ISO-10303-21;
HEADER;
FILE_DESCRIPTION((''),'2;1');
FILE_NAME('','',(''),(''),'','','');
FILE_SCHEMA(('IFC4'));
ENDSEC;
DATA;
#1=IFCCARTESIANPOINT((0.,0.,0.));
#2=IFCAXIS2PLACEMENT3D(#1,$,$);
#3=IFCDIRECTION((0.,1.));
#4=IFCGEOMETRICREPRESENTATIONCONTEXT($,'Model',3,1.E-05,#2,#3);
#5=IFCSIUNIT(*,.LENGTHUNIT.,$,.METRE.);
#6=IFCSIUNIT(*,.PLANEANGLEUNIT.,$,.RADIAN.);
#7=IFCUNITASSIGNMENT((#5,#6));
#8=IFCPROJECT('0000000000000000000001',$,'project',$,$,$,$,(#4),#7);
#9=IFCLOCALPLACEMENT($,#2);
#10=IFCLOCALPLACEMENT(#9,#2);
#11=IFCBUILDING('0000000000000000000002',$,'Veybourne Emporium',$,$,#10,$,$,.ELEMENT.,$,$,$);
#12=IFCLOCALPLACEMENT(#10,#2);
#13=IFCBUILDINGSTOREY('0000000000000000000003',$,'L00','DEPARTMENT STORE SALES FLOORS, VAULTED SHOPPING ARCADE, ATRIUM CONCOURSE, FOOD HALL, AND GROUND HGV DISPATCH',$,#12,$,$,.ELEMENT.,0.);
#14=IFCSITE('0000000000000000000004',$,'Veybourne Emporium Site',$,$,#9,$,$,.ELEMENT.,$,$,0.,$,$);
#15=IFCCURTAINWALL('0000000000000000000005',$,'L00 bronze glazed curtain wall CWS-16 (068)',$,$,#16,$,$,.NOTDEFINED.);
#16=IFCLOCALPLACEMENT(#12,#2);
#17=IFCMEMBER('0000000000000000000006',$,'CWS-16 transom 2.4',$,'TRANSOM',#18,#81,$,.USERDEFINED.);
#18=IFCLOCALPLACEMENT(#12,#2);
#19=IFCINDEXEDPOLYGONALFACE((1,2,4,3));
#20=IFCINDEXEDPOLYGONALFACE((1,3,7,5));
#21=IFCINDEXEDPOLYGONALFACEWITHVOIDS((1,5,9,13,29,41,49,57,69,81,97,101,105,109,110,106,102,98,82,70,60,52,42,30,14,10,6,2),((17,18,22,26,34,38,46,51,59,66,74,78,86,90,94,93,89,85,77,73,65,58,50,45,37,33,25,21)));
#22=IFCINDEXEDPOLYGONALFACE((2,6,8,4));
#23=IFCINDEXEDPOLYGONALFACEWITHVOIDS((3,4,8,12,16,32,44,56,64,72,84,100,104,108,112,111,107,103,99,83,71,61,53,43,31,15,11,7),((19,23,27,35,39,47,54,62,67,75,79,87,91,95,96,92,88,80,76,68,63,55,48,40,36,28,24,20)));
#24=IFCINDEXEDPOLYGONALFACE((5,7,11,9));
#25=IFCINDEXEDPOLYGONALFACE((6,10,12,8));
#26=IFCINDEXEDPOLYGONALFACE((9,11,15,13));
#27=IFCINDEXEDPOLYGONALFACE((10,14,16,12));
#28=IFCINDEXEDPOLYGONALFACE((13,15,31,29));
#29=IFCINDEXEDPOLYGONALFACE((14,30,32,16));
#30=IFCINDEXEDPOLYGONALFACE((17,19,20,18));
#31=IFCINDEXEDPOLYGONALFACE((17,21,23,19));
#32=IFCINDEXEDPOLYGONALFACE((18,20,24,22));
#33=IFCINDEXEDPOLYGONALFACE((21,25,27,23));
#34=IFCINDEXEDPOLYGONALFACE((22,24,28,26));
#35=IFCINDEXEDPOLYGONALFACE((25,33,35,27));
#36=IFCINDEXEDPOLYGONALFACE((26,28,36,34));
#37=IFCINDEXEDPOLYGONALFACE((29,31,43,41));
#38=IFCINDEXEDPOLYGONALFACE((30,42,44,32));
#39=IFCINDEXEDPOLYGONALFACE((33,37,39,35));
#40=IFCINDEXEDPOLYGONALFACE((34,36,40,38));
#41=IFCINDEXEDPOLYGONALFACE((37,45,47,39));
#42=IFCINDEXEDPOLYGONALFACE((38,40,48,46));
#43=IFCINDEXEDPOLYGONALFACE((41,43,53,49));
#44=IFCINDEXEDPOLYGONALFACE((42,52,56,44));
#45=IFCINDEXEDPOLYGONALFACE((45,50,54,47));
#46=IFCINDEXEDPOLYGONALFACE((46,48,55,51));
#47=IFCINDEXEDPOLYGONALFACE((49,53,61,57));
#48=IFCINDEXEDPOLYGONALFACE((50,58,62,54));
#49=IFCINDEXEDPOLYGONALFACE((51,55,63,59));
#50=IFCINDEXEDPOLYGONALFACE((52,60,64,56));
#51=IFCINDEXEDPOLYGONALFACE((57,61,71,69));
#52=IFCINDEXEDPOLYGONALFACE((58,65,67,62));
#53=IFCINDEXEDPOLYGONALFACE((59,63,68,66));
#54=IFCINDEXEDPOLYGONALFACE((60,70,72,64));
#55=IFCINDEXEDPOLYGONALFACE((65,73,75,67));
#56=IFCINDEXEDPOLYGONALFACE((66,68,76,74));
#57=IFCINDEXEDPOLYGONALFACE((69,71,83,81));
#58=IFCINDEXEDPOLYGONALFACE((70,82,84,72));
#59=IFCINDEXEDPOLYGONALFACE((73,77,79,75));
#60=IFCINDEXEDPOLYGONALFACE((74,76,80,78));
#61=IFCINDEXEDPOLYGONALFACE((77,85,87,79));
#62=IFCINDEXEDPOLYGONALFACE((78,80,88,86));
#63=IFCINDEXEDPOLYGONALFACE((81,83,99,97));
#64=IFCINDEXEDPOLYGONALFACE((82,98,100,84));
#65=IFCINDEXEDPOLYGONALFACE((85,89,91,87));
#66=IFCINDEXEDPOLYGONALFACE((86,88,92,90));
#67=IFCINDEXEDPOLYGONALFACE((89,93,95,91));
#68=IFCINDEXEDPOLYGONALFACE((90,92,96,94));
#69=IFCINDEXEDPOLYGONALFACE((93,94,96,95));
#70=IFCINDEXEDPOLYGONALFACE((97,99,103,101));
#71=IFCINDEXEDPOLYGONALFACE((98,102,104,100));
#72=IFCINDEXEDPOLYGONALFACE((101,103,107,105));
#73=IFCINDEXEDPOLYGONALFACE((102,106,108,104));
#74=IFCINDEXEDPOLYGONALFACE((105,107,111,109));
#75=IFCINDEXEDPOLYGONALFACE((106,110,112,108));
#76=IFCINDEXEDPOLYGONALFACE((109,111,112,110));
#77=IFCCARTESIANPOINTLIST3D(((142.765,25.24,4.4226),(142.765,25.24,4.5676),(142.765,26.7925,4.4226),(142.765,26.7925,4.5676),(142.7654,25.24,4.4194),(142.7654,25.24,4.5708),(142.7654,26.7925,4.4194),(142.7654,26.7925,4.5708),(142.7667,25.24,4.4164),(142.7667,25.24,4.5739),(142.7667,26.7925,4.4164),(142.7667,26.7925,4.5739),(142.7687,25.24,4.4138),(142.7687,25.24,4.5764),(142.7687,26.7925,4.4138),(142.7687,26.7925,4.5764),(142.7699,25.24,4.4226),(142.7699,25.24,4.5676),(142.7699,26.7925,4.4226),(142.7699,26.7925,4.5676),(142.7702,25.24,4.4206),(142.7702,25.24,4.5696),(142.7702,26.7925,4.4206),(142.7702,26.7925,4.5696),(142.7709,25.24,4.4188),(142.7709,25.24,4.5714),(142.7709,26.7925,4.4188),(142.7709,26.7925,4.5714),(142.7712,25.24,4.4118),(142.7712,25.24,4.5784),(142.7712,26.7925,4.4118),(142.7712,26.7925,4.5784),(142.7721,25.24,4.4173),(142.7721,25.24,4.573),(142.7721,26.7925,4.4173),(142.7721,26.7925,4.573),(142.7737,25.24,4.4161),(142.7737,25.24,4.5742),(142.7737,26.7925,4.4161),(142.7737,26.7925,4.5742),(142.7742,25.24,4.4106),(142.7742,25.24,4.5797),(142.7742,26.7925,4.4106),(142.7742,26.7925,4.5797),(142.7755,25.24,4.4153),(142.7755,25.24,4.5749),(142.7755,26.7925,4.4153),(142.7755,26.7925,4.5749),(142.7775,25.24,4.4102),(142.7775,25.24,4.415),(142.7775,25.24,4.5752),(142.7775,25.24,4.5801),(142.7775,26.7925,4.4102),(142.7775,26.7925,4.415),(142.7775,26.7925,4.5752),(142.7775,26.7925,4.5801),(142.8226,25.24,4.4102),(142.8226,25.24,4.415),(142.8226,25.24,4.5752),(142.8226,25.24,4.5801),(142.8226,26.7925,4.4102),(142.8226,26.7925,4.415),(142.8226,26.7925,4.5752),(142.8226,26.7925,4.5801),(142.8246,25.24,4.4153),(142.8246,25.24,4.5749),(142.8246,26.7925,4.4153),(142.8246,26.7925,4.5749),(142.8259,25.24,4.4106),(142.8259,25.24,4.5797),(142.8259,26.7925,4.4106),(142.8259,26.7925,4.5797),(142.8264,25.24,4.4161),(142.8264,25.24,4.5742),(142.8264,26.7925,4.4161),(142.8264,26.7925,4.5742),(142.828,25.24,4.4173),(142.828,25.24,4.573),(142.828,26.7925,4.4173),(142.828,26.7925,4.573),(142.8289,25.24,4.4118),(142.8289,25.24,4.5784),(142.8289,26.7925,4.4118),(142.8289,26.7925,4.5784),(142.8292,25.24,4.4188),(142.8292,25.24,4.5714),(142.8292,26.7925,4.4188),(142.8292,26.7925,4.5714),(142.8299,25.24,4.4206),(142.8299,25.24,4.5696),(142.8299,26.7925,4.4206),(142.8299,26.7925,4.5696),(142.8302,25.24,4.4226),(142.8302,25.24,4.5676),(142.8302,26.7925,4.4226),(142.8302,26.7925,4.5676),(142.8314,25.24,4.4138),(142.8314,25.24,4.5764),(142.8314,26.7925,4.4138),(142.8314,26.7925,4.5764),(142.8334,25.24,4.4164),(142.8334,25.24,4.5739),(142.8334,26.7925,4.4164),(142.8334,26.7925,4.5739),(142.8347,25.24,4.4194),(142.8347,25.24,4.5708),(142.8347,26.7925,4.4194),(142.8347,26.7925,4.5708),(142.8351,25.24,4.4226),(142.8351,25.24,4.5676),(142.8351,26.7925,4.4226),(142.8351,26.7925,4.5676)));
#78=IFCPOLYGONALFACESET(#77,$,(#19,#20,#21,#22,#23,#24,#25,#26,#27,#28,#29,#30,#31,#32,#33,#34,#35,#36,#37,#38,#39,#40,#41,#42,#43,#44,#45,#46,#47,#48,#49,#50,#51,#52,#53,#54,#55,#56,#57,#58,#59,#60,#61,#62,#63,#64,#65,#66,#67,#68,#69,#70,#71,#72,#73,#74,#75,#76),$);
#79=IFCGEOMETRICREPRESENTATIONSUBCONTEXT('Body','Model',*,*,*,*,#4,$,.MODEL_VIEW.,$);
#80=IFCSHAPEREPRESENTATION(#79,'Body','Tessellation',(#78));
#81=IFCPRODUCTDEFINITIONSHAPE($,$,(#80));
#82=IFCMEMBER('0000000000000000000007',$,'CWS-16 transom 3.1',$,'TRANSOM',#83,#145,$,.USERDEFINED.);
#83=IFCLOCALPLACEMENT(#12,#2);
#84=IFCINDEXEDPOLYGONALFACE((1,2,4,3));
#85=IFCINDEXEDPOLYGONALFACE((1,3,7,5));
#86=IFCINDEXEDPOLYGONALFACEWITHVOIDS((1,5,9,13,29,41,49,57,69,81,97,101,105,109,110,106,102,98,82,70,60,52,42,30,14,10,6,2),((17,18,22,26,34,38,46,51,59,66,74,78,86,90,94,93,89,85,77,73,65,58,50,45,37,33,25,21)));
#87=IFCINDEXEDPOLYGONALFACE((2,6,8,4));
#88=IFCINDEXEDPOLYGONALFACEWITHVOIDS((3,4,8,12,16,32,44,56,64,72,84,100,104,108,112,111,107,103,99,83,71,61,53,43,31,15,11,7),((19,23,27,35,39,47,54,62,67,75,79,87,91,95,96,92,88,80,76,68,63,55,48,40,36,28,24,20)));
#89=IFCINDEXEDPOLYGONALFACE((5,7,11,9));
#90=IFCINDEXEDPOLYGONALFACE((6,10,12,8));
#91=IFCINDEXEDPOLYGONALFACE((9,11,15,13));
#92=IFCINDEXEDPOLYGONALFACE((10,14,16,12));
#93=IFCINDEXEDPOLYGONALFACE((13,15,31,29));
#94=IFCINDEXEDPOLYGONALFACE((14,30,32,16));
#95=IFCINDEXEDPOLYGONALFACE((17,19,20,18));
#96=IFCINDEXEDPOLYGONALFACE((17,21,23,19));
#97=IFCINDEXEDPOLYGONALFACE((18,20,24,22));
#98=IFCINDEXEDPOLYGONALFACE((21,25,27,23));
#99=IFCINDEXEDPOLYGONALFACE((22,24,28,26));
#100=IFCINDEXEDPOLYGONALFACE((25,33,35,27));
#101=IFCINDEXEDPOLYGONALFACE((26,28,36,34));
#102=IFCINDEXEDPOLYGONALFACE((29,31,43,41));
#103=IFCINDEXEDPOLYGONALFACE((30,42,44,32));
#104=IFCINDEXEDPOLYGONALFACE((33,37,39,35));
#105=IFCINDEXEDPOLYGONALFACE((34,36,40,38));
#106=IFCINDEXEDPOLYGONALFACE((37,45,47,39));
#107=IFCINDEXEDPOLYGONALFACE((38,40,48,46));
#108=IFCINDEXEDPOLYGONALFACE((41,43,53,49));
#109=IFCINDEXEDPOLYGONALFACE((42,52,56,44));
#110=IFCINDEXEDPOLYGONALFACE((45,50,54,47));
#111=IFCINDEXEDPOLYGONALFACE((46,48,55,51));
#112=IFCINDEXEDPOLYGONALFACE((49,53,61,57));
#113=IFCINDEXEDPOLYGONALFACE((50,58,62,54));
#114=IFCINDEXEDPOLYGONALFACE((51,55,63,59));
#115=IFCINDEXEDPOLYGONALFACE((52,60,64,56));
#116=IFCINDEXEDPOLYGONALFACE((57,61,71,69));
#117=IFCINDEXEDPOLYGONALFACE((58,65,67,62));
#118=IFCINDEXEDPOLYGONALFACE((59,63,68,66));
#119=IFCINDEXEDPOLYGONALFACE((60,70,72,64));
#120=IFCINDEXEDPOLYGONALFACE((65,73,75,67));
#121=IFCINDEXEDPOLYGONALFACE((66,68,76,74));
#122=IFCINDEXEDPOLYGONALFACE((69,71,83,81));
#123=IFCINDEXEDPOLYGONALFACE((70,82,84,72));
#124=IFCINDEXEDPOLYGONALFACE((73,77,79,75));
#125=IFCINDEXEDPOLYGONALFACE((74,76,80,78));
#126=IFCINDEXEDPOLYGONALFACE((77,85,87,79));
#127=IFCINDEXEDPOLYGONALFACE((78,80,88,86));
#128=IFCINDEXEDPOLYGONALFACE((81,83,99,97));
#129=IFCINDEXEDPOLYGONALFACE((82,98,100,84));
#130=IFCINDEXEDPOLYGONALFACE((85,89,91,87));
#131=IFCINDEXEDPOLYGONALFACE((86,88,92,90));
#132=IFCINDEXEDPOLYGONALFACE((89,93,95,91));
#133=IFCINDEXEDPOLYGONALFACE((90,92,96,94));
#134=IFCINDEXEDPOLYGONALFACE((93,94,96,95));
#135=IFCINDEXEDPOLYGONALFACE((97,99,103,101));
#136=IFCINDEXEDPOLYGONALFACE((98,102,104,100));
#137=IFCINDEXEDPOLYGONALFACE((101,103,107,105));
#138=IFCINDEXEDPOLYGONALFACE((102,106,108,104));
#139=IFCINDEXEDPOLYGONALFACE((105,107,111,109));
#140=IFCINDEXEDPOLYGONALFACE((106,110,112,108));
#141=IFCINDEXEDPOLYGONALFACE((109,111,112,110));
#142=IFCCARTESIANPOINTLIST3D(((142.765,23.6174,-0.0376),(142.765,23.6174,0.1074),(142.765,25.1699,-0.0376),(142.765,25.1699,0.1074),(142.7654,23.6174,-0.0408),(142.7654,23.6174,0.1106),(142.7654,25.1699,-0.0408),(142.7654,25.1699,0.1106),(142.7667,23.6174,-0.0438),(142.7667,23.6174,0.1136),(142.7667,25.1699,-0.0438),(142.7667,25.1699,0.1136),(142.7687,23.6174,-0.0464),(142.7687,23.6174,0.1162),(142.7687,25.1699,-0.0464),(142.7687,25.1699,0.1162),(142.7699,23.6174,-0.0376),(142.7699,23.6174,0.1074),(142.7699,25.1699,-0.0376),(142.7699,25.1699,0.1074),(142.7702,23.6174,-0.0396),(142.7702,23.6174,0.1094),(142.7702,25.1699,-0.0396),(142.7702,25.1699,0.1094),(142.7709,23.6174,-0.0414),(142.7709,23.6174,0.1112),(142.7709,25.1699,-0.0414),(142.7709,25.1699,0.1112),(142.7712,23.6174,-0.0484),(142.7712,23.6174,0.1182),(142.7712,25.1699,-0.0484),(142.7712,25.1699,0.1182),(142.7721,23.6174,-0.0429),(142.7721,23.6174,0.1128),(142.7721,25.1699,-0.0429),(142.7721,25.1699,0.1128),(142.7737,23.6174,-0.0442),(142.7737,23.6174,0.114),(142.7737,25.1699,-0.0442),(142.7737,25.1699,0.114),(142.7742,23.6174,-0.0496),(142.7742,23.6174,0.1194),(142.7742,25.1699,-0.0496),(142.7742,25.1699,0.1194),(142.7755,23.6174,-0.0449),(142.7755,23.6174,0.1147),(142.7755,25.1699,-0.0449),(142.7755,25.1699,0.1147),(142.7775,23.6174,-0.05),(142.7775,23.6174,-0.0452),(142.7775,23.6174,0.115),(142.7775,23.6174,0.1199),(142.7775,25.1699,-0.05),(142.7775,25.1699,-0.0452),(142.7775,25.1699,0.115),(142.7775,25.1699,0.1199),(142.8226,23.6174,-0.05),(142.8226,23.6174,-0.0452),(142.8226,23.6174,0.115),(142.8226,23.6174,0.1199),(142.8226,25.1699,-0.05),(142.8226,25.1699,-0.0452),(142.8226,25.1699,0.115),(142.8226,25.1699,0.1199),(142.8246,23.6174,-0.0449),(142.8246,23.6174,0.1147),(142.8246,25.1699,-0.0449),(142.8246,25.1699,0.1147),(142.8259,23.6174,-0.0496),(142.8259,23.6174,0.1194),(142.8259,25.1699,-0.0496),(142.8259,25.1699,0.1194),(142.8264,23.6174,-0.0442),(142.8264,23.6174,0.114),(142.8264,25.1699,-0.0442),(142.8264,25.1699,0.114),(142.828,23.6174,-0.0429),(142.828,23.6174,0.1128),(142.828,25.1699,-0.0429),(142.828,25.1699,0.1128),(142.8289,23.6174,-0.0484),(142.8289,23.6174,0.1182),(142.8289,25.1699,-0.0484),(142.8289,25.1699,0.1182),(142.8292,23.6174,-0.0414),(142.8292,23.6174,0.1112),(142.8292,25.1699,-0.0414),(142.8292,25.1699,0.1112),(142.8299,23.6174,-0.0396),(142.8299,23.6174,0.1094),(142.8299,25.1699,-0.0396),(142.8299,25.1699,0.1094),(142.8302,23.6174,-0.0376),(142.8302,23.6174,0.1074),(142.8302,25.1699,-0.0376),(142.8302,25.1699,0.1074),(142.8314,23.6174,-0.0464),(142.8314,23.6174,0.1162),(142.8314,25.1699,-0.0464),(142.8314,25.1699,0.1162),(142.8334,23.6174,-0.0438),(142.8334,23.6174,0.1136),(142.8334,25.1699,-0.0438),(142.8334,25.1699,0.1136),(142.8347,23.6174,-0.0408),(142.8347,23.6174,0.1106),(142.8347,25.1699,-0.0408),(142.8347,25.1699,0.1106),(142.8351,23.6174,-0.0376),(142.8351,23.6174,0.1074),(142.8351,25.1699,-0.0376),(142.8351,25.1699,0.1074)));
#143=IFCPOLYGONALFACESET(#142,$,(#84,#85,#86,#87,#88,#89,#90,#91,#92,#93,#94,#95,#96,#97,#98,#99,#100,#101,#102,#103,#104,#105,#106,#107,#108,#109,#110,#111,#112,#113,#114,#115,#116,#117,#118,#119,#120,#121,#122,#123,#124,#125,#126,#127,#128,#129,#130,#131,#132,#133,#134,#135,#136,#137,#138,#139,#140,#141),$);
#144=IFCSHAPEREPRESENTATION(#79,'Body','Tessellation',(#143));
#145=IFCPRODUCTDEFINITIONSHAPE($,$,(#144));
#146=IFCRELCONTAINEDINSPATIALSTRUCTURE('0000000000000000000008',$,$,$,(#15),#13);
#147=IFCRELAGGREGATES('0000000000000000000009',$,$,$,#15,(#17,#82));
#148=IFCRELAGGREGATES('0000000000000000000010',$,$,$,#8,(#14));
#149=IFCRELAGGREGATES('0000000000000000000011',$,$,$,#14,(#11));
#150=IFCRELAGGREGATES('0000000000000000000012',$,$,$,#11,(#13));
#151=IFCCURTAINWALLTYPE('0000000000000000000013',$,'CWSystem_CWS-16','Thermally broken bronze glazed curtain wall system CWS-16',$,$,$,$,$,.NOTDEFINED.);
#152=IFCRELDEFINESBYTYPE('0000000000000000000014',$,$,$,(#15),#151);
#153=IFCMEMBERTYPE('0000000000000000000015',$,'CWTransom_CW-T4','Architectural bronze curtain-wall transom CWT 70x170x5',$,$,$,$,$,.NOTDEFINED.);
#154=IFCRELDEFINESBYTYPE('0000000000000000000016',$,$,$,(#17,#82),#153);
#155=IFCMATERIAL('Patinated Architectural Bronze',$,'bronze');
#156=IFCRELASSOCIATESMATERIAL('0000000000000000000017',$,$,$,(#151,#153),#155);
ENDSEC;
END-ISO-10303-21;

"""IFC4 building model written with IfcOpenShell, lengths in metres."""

from ifc_helpers import new_model, si_unit, direction, frame, origin, origin_2d, place, context, subcontext, project, spatial, hollow_rectangle, extrude, material, material_profile, profile_set, type_object, element, aggregate, save


model = new_model("IFC4")

# Units and contexts
model_context = context("Model", 3, precision=1e-05, world=origin(), true_north=direction((0.0, 1.0)))
body_context = subcontext(model_context, "Body", "Model", "MODEL_VIEW")
ifc_project = project(units=[si_unit("LENGTHUNIT", "METRE"), si_unit("PLANEANGLEUNIT", "RADIAN")], contexts=[model_context])

# Site, building, storey
site_placement = place(None, origin())
site = spatial("IfcSite", under=ifc_project, at=site_placement, Name="Veybourne Emporium Site", CompositionType="ELEMENT", RefElevation=0.0)
building_placement = place(site_placement, origin())
building = spatial("IfcBuilding", under=site, at=building_placement, Name="Veybourne Emporium", CompositionType="ELEMENT")
storey_placement = place(building_placement, origin())
storey = spatial("IfcBuildingStorey", under=building, at=storey_placement, Name="L00", Description="DEPARTMENT STORE SALES FLOORS, VAULTED SHOPPING ARCADE, ATRIUM CONCOURSE, FOOD HALL, AND GROUND HGV DISPATCH", CompositionType="ELEMENT", Elevation=0.0)

# Curtain wall, members
ifc_material_1 = material(Name="Patinated Architectural Bronze", Category="bronze")
curtain_wall_type = type_object("IfcCurtainWallType", Name="CWSystem_CWS-16", Description="Thermally broken bronze glazed curtain wall system CWS-16", PredefinedType="NOTDEFINED", material=ifc_material_1)
curtain_wall_placement = place(storey_placement, origin())
curtain_wall = element("IfcCurtainWall", 1, at=curtain_wall_placement, inside=storey, type_object=curtain_wall_type, Name="L00 bronze glazed curtain wall CWS-16 (068)", PredefinedType="NOTDEFINED")
ifc_material_profile_1 = material_profile(ifc_material_1, hollow_rectangle(XDim=0.0701, YDim=0.1699, WallThickness=0.0049, InnerFilletRadius=0.0076, OuterFilletRadius=0.0125, at=origin_2d()), Name="CWT 70x170x5")
ifc_profile_set_1 = profile_set([ifc_material_profile_1], Name="Patinated Architectural Bronze")
member_type_1 = type_object("IfcMemberType", Name="CWTransom_CW-T4", Description="Architectural bronze curtain-wall transom CWT 70x170x5", PredefinedType="NOTDEFINED", material=ifc_profile_set_1)
member_1_placement = place(storey_placement, frame((142.8, 26.7925, 4.4951), z_axis=(0.0, -1.0, 0.0), x_axis=(1.0, 0.0, 0.0)))
member_1 = element("IfcMember", 2, at=member_1_placement, type_object=member_type_1, Name="CWS-16 transom 2.4", ObjectType="TRANSOM", PredefinedType="USERDEFINED", context=body_context, shape_type="SweptSolid", body=[
    extrude(hollow_rectangle(XDim=0.0701, YDim=0.1699, WallThickness=0.0049, InnerFilletRadius=0.0076, OuterFilletRadius=0.0125, at=origin_2d()), origin(), (0.0, 0.0, 1.0), 1.5525),
])
member_2_placement = place(storey_placement, frame((142.8, 25.1699, 0.0349), z_axis=(0.0, -1.0, 0.0), x_axis=(1.0, 0.0, 0.0)))
member_2 = element("IfcMember", 3, at=member_2_placement, type_object=member_type_1, Name="CWS-16 transom 3.1", ObjectType="TRANSOM", PredefinedType="USERDEFINED", context=body_context, shape_type="SweptSolid", body=[
    extrude(hollow_rectangle(XDim=0.0701, YDim=0.1699, WallThickness=0.0049, InnerFilletRadius=0.0076, OuterFilletRadius=0.0125, at=origin_2d()), origin(), (0.0, 0.0, 1.0), 1.5525),
])

aggregate(curtain_wall, [member_1, member_2])

save(model, "model.ifc")
